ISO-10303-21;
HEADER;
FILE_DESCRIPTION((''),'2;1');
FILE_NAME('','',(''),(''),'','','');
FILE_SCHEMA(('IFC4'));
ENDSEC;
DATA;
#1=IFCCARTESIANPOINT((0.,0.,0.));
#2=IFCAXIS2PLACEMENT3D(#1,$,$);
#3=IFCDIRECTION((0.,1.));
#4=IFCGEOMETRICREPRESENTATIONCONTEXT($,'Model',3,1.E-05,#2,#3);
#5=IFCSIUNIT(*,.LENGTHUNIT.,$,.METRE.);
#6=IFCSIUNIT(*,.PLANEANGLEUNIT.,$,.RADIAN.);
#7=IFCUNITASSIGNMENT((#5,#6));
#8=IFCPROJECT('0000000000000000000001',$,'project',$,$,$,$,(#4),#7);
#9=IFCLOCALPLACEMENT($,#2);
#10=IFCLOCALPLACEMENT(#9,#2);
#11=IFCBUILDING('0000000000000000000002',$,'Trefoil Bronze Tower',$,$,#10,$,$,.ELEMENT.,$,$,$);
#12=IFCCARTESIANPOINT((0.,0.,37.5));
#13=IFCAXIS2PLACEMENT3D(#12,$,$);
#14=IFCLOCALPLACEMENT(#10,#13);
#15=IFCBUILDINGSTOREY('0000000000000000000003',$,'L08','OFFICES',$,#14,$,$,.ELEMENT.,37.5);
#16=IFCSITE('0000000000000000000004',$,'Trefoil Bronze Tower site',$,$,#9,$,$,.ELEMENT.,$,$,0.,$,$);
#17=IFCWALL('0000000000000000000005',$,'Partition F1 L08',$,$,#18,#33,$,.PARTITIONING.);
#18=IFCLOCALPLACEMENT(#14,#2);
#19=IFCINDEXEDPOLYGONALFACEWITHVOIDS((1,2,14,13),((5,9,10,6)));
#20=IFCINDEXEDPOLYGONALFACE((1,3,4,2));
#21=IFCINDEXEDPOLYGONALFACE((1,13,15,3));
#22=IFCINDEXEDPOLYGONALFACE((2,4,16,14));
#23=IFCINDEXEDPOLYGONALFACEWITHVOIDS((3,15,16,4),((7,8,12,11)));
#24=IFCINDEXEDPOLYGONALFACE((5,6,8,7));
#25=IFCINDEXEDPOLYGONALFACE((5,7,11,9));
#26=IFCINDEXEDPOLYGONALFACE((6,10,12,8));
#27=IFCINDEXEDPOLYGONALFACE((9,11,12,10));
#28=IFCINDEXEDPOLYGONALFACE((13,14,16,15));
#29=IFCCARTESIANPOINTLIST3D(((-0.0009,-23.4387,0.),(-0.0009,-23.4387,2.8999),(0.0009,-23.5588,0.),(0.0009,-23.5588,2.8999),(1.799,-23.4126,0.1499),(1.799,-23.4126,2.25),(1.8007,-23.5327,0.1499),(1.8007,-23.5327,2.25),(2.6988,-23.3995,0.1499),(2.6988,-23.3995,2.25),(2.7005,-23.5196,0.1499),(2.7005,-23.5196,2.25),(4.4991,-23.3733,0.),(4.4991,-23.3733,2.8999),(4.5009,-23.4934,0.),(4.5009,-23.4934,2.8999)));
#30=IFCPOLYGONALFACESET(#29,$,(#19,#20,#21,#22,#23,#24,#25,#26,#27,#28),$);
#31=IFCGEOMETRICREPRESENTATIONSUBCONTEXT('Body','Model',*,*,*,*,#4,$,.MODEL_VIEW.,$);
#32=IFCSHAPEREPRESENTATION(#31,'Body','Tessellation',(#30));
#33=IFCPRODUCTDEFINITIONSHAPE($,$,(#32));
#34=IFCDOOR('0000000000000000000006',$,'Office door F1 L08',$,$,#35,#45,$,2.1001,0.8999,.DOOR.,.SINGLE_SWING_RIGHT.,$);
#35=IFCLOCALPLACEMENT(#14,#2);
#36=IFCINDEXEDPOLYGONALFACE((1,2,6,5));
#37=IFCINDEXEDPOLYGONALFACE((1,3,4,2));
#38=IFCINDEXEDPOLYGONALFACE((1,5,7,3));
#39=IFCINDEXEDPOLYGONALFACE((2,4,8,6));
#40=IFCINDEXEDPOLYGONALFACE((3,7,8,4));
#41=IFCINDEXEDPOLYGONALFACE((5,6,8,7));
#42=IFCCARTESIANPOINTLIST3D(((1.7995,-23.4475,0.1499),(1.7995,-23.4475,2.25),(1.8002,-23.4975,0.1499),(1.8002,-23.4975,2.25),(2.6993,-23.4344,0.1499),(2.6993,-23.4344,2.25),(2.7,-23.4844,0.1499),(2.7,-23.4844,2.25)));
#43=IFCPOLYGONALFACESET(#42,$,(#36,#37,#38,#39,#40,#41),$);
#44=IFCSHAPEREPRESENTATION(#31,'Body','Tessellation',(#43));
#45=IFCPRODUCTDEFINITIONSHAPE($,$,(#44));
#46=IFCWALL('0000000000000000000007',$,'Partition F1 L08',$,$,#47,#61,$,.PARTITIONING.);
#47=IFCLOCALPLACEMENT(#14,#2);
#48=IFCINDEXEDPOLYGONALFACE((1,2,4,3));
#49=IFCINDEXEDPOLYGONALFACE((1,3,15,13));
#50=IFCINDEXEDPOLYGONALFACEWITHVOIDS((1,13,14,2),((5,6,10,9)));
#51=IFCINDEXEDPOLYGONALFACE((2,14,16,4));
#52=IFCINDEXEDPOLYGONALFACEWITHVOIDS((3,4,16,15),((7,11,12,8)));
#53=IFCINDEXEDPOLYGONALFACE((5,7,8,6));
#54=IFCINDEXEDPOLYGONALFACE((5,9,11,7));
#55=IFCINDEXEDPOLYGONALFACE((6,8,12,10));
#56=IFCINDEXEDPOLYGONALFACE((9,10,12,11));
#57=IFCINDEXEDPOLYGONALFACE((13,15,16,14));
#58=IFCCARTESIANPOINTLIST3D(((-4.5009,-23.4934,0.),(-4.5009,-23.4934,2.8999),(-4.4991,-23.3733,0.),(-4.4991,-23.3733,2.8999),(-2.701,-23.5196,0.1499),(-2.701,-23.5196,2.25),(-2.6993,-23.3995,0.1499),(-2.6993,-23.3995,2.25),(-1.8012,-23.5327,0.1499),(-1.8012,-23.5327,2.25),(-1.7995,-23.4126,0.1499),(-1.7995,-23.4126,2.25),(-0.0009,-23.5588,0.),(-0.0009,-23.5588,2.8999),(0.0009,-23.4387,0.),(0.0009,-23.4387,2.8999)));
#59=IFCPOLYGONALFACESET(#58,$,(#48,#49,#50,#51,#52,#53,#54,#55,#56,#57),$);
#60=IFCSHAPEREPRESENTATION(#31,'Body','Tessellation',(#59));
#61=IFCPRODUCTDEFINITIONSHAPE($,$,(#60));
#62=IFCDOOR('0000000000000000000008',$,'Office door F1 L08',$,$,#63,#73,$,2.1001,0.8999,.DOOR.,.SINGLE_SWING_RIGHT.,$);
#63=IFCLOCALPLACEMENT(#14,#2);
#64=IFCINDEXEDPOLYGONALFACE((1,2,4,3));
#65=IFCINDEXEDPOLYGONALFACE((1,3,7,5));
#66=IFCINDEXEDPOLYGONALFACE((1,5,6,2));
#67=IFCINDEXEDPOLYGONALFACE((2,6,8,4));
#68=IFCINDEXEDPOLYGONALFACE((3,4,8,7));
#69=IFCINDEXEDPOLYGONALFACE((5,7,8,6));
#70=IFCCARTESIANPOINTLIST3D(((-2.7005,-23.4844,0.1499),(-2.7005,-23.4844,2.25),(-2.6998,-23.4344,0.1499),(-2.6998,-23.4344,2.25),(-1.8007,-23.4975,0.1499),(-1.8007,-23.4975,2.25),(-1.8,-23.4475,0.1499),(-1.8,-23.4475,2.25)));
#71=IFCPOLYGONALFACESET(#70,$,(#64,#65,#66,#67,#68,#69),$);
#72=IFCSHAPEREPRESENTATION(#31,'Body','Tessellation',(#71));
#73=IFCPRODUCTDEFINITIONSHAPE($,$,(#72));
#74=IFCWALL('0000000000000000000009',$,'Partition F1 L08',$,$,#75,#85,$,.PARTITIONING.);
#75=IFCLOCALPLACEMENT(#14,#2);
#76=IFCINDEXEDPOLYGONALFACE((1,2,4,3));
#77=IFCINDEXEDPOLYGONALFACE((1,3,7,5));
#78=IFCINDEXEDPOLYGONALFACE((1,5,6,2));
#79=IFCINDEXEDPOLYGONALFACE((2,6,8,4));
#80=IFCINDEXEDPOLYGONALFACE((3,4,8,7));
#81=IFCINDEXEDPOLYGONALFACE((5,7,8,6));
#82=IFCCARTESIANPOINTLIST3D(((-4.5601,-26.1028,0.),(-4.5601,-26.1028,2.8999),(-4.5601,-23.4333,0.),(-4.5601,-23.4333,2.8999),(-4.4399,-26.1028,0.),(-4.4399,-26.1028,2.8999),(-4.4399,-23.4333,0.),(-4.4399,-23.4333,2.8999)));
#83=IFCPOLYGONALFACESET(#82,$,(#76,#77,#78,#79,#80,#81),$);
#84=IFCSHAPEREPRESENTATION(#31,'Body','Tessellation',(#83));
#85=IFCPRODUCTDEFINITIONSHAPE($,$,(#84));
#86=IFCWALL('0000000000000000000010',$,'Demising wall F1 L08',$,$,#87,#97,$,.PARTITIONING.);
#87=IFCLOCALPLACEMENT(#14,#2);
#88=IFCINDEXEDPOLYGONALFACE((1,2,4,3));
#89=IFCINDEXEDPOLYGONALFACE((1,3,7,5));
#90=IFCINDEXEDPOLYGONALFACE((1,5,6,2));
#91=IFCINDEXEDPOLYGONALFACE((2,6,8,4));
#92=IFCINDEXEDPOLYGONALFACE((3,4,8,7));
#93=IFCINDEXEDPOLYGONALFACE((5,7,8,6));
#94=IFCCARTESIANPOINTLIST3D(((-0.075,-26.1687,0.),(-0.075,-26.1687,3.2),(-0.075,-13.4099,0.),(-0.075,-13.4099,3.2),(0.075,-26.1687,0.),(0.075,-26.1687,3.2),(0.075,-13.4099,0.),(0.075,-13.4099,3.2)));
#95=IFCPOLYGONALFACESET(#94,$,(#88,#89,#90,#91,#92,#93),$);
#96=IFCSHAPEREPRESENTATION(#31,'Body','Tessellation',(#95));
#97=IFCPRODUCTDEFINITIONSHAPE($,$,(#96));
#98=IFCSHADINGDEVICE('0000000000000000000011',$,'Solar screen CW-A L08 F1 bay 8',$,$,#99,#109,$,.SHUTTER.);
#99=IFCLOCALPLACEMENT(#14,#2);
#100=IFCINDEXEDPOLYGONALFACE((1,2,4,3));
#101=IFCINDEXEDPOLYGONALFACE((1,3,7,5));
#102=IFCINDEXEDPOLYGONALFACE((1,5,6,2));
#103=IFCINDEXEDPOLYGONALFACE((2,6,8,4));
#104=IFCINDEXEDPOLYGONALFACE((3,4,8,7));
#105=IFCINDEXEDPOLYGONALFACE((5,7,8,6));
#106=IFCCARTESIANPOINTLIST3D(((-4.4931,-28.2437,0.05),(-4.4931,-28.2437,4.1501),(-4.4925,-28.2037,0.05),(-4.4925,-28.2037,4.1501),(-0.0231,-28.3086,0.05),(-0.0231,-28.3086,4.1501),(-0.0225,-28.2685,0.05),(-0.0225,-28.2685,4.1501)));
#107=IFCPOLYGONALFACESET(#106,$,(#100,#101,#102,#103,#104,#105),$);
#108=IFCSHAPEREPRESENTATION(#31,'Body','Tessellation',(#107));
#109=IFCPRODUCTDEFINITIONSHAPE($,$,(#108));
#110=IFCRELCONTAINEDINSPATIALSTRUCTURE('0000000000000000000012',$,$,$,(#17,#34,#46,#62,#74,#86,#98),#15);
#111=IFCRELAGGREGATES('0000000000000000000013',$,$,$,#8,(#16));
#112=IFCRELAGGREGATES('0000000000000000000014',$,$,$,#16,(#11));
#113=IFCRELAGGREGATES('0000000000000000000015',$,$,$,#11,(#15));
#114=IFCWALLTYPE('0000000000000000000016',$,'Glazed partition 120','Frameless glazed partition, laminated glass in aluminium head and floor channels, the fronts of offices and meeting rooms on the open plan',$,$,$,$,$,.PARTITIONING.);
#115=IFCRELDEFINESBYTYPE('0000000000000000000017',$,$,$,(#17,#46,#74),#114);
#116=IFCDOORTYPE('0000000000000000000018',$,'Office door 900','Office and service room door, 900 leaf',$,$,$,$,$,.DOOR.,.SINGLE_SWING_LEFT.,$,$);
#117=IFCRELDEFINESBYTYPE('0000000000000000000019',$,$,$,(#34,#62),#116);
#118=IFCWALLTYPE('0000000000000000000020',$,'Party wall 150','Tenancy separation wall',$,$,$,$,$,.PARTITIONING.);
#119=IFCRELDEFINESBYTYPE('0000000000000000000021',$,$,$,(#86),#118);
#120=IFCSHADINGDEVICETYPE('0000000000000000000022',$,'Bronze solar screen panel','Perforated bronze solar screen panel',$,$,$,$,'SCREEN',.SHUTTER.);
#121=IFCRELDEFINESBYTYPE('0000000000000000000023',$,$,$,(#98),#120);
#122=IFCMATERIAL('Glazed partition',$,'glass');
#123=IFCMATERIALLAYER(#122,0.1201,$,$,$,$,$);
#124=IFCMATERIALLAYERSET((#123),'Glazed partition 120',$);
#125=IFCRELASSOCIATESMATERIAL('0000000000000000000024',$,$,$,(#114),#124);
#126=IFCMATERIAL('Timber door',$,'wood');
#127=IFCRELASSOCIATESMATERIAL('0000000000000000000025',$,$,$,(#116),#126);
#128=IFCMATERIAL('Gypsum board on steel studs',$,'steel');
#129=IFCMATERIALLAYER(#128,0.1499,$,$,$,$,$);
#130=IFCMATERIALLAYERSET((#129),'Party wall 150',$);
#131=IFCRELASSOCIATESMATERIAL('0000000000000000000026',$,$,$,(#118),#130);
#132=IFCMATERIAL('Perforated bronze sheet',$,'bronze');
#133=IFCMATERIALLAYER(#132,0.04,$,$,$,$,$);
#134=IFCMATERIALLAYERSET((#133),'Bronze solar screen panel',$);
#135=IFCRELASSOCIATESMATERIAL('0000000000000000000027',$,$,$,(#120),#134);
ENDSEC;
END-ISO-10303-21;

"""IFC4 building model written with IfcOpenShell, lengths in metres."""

from ifc_helpers import new_model, si_unit, direction, frame, frame_2d, origin, origin_2d, place, context, subcontext, project, spatial, rectangle, extrude, material, layer, layer_set, type_object, element, fill, save


model = new_model("IFC4")

# Units and contexts
model_context = context("Model", 3, precision=1e-05, world=origin(), true_north=direction((0.0, 1.0)))
body_context = subcontext(model_context, "Body", "Model", "MODEL_VIEW")
ifc_project = project(units=[si_unit("LENGTHUNIT", "METRE"), si_unit("PLANEANGLEUNIT", "RADIAN")], contexts=[model_context])

# Site, building, storey
site_placement = place(None, origin())
site = spatial("IfcSite", under=ifc_project, at=site_placement, Name="Trefoil Bronze Tower site", CompositionType="ELEMENT", RefElevation=0.0)
building_placement = place(site_placement, origin())
building = spatial("IfcBuilding", under=site, at=building_placement, Name="Trefoil Bronze Tower", CompositionType="ELEMENT")
storey_placement = place(building_placement, frame((0.0, 0.0, 37.5)))
storey = spatial("IfcBuildingStorey", under=building, at=storey_placement, Name="L08", Description="OFFICES", CompositionType="ELEMENT", Elevation=37.5)

# Shared definitions
ifc_material_1 = material(Name="Glazed partition", Category="glass")
ifc_layer_1 = layer(ifc_material_1, 0.1201)
ifc_layer_set_1 = layer_set([ifc_layer_1], Name="Glazed partition 120")
wall_type_1 = type_object("IfcWallType", Name="Glazed partition 120", Description="Frameless glazed partition, laminated glass in aluminium head and floor channels, the fronts of offices and meeting rooms on the open plan", PredefinedType="PARTITIONING", material=ifc_layer_set_1)

# Walls, openings, doors
wall_1_placement = place(storey_placement, frame((0.0, -23.4988, 0.0), z_axis=(0.0, 0.0, 1.0), x_axis=(0.999894, 0.014538, 0.0)))
wall_1 = element("IfcWall", 1, at=wall_1_placement, inside=storey, type_object=wall_type_1, Name="Partition F1 L08", PredefinedType="PARTITIONING", context=body_context, shape_type="SweptSolid", body=[
    extrude(rectangle(XDim=4.5005, YDim=0.1201, at=frame_2d((2.2502, 0.0))), origin(), (0.0, 0.0, 1.0), 2.8999),
])
opening_1_placement = place(wall_1_placement, frame((1.8, 0.0, 0.1499)))
opening_1 = element("IfcOpeningElement", 2, at=opening_1_placement, cuts=wall_1, PredefinedType="OPENING", context=body_context, shape_type="SweptSolid", body=[
    extrude(rectangle(XDim=0.8999, YDim=2.1001, at=frame_2d((0.45, 1.05))), frame((0.0, 0.0701, 0.0), z_axis=(0.0, -1.0, 0.0), x_axis=(1.0, 0.0, 0.0)), (0.0, 0.0, 1.0), 0.1401),
])
ifc_material_2 = material(Name="Timber door", Category="wood")
door_type = type_object("IfcDoorType", Name="Office door 900", Description="Office and service room door, 900 leaf", OperationType="SINGLE_SWING_LEFT", PredefinedType="DOOR", material=ifc_material_2)
door_1_placement = place(opening_1_placement, frame((0.8999, 0.0, 0.0), z_axis=(0.0, 0.0, 1.0), x_axis=(-1.0, 0.0, 0.0)))
door_1 = element("IfcDoor", 3, at=door_1_placement, inside=storey, type_object=door_type, Name="Office door F1 L08", OperationType="SINGLE_SWING_RIGHT", OverallHeight=2.1001, OverallWidth=0.8999, PredefinedType="DOOR", context=body_context, shape_type="SweptSolid", body=[
    extrude(rectangle(XDim=0.8999, YDim=2.1001, at=frame_2d((0.45, 1.05))), frame((0.0, 0.0249, 0.0), z_axis=(0.0, -1.0, 0.0), x_axis=(1.0, 0.0, 0.0)), (0.0, 0.0, 1.0), 0.05),
])
fill(opening_1, door_1)
wall_2_placement = place(storey_placement, frame((-4.5, -23.4333, 0.0), z_axis=(0.0, 0.0, 1.0), x_axis=(0.999894, -0.014538, 0.0)))
wall_2 = element("IfcWall", 4, at=wall_2_placement, inside=storey, type_object=wall_type_1, Name="Partition F1 L08", PredefinedType="PARTITIONING", context=body_context, shape_type="SweptSolid", body=[
    extrude(rectangle(XDim=4.5005, YDim=0.1201, at=frame_2d((2.2502, 0.0))), origin(), (0.0, 0.0, 1.0), 2.8999),
])
opening_2_placement = place(wall_2_placement, frame((1.8, 0.0, 0.1499)))
opening_2 = element("IfcOpeningElement", 5, at=opening_2_placement, cuts=wall_2, PredefinedType="OPENING", context=body_context, shape_type="SweptSolid", body=[
    extrude(rectangle(XDim=0.8999, YDim=2.1001, at=frame_2d((0.45, 1.05))), frame((0.0, 0.0701, 0.0), z_axis=(0.0, -1.0, 0.0), x_axis=(1.0, 0.0, 0.0)), (0.0, 0.0, 1.0), 0.1401),
])
door_2_placement = place(opening_2_placement, frame((0.8999, 0.0, 0.0), z_axis=(0.0, 0.0, 1.0), x_axis=(-1.0, 0.0, 0.0)))
door_2 = element("IfcDoor", 6, at=door_2_placement, inside=storey, type_object=door_type, Name="Office door F1 L08", OperationType="SINGLE_SWING_RIGHT", OverallHeight=2.1001, OverallWidth=0.8999, PredefinedType="DOOR", context=body_context, shape_type="SweptSolid", body=[
    extrude(rectangle(XDim=0.8999, YDim=2.1001, at=frame_2d((0.45, 1.05))), frame((0.0, 0.0249, 0.0), z_axis=(0.0, -1.0, 0.0), x_axis=(1.0, 0.0, 0.0)), (0.0, 0.0, 1.0), 0.05),
])
fill(opening_2, door_2)

# Walls
wall_3_placement = place(storey_placement, frame((-4.5, -23.4333, 0.0), z_axis=(0.0, 0.0, 1.0), x_axis=(0.0, -1.0, 0.0)))
element("IfcWall", 7, at=wall_3_placement, inside=storey, type_object=wall_type_1, Name="Partition F1 L08", PredefinedType="PARTITIONING", context=body_context, shape_type="SweptSolid", body=[
    extrude(rectangle(XDim=2.6694, YDim=0.1201, at=frame_2d((1.3347, 0.0))), origin(), (0.0, 0.0, 1.0), 2.8999),
])
ifc_material_3 = material(Name="Gypsum board on steel studs", Category="steel")
ifc_layer_2 = layer(ifc_material_3, 0.1499)
ifc_layer_set_2 = layer_set([ifc_layer_2], Name="Party wall 150")
wall_type_2 = type_object("IfcWallType", Name="Party wall 150", Description="Tenancy separation wall", PredefinedType="PARTITIONING", material=ifc_layer_set_2)
wall_4_placement = place(storey_placement, frame((0.0, -13.4099, 0.0), z_axis=(0.0, 0.0, 1.0), x_axis=(0.0, -1.0, 0.0)))
element("IfcWall", 8, at=wall_4_placement, inside=storey, type_object=wall_type_2, Name="Demising wall F1 L08", PredefinedType="PARTITIONING", context=body_context, shape_type="SweptSolid", body=[
    extrude(rectangle(XDim=12.7588, YDim=0.1499, at=frame_2d((6.3794, 0.0))), origin(), (0.0, 0.0, 1.0), 3.2),
])

# Shading device
ifc_material_4 = material(Name="Perforated bronze sheet", Category="bronze")
ifc_layer_3 = layer(ifc_material_4, 0.04)
ifc_layer_set_3 = layer_set([ifc_layer_3], Name="Bronze solar screen panel")
shading_device_type = type_object("IfcShadingDeviceType", Name="Bronze solar screen panel", Description="Perforated bronze solar screen panel", ElementType="SCREEN", PredefinedType="SHUTTER", material=ifc_layer_set_3)
shading_device_placement = place(storey_placement, frame((-2.2578, -28.2561, 0.05), z_axis=(0.0, 0.0, 1.0), x_axis=(0.999895, -0.014509, 0.0)))
element("IfcShadingDevice", 9, at=shading_device_placement, inside=storey, type_object=shading_device_type, Name="Solar screen CW-A L08 F1 bay 8", PredefinedType="SHUTTER", context=body_context, shape_type="SweptSolid", body=[
    extrude(rectangle(XDim=4.4705, YDim=0.04, at=origin_2d()), origin(), (0.0, 0.0, 1.0), 4.1001),
])

save(model, "model.ifc")
